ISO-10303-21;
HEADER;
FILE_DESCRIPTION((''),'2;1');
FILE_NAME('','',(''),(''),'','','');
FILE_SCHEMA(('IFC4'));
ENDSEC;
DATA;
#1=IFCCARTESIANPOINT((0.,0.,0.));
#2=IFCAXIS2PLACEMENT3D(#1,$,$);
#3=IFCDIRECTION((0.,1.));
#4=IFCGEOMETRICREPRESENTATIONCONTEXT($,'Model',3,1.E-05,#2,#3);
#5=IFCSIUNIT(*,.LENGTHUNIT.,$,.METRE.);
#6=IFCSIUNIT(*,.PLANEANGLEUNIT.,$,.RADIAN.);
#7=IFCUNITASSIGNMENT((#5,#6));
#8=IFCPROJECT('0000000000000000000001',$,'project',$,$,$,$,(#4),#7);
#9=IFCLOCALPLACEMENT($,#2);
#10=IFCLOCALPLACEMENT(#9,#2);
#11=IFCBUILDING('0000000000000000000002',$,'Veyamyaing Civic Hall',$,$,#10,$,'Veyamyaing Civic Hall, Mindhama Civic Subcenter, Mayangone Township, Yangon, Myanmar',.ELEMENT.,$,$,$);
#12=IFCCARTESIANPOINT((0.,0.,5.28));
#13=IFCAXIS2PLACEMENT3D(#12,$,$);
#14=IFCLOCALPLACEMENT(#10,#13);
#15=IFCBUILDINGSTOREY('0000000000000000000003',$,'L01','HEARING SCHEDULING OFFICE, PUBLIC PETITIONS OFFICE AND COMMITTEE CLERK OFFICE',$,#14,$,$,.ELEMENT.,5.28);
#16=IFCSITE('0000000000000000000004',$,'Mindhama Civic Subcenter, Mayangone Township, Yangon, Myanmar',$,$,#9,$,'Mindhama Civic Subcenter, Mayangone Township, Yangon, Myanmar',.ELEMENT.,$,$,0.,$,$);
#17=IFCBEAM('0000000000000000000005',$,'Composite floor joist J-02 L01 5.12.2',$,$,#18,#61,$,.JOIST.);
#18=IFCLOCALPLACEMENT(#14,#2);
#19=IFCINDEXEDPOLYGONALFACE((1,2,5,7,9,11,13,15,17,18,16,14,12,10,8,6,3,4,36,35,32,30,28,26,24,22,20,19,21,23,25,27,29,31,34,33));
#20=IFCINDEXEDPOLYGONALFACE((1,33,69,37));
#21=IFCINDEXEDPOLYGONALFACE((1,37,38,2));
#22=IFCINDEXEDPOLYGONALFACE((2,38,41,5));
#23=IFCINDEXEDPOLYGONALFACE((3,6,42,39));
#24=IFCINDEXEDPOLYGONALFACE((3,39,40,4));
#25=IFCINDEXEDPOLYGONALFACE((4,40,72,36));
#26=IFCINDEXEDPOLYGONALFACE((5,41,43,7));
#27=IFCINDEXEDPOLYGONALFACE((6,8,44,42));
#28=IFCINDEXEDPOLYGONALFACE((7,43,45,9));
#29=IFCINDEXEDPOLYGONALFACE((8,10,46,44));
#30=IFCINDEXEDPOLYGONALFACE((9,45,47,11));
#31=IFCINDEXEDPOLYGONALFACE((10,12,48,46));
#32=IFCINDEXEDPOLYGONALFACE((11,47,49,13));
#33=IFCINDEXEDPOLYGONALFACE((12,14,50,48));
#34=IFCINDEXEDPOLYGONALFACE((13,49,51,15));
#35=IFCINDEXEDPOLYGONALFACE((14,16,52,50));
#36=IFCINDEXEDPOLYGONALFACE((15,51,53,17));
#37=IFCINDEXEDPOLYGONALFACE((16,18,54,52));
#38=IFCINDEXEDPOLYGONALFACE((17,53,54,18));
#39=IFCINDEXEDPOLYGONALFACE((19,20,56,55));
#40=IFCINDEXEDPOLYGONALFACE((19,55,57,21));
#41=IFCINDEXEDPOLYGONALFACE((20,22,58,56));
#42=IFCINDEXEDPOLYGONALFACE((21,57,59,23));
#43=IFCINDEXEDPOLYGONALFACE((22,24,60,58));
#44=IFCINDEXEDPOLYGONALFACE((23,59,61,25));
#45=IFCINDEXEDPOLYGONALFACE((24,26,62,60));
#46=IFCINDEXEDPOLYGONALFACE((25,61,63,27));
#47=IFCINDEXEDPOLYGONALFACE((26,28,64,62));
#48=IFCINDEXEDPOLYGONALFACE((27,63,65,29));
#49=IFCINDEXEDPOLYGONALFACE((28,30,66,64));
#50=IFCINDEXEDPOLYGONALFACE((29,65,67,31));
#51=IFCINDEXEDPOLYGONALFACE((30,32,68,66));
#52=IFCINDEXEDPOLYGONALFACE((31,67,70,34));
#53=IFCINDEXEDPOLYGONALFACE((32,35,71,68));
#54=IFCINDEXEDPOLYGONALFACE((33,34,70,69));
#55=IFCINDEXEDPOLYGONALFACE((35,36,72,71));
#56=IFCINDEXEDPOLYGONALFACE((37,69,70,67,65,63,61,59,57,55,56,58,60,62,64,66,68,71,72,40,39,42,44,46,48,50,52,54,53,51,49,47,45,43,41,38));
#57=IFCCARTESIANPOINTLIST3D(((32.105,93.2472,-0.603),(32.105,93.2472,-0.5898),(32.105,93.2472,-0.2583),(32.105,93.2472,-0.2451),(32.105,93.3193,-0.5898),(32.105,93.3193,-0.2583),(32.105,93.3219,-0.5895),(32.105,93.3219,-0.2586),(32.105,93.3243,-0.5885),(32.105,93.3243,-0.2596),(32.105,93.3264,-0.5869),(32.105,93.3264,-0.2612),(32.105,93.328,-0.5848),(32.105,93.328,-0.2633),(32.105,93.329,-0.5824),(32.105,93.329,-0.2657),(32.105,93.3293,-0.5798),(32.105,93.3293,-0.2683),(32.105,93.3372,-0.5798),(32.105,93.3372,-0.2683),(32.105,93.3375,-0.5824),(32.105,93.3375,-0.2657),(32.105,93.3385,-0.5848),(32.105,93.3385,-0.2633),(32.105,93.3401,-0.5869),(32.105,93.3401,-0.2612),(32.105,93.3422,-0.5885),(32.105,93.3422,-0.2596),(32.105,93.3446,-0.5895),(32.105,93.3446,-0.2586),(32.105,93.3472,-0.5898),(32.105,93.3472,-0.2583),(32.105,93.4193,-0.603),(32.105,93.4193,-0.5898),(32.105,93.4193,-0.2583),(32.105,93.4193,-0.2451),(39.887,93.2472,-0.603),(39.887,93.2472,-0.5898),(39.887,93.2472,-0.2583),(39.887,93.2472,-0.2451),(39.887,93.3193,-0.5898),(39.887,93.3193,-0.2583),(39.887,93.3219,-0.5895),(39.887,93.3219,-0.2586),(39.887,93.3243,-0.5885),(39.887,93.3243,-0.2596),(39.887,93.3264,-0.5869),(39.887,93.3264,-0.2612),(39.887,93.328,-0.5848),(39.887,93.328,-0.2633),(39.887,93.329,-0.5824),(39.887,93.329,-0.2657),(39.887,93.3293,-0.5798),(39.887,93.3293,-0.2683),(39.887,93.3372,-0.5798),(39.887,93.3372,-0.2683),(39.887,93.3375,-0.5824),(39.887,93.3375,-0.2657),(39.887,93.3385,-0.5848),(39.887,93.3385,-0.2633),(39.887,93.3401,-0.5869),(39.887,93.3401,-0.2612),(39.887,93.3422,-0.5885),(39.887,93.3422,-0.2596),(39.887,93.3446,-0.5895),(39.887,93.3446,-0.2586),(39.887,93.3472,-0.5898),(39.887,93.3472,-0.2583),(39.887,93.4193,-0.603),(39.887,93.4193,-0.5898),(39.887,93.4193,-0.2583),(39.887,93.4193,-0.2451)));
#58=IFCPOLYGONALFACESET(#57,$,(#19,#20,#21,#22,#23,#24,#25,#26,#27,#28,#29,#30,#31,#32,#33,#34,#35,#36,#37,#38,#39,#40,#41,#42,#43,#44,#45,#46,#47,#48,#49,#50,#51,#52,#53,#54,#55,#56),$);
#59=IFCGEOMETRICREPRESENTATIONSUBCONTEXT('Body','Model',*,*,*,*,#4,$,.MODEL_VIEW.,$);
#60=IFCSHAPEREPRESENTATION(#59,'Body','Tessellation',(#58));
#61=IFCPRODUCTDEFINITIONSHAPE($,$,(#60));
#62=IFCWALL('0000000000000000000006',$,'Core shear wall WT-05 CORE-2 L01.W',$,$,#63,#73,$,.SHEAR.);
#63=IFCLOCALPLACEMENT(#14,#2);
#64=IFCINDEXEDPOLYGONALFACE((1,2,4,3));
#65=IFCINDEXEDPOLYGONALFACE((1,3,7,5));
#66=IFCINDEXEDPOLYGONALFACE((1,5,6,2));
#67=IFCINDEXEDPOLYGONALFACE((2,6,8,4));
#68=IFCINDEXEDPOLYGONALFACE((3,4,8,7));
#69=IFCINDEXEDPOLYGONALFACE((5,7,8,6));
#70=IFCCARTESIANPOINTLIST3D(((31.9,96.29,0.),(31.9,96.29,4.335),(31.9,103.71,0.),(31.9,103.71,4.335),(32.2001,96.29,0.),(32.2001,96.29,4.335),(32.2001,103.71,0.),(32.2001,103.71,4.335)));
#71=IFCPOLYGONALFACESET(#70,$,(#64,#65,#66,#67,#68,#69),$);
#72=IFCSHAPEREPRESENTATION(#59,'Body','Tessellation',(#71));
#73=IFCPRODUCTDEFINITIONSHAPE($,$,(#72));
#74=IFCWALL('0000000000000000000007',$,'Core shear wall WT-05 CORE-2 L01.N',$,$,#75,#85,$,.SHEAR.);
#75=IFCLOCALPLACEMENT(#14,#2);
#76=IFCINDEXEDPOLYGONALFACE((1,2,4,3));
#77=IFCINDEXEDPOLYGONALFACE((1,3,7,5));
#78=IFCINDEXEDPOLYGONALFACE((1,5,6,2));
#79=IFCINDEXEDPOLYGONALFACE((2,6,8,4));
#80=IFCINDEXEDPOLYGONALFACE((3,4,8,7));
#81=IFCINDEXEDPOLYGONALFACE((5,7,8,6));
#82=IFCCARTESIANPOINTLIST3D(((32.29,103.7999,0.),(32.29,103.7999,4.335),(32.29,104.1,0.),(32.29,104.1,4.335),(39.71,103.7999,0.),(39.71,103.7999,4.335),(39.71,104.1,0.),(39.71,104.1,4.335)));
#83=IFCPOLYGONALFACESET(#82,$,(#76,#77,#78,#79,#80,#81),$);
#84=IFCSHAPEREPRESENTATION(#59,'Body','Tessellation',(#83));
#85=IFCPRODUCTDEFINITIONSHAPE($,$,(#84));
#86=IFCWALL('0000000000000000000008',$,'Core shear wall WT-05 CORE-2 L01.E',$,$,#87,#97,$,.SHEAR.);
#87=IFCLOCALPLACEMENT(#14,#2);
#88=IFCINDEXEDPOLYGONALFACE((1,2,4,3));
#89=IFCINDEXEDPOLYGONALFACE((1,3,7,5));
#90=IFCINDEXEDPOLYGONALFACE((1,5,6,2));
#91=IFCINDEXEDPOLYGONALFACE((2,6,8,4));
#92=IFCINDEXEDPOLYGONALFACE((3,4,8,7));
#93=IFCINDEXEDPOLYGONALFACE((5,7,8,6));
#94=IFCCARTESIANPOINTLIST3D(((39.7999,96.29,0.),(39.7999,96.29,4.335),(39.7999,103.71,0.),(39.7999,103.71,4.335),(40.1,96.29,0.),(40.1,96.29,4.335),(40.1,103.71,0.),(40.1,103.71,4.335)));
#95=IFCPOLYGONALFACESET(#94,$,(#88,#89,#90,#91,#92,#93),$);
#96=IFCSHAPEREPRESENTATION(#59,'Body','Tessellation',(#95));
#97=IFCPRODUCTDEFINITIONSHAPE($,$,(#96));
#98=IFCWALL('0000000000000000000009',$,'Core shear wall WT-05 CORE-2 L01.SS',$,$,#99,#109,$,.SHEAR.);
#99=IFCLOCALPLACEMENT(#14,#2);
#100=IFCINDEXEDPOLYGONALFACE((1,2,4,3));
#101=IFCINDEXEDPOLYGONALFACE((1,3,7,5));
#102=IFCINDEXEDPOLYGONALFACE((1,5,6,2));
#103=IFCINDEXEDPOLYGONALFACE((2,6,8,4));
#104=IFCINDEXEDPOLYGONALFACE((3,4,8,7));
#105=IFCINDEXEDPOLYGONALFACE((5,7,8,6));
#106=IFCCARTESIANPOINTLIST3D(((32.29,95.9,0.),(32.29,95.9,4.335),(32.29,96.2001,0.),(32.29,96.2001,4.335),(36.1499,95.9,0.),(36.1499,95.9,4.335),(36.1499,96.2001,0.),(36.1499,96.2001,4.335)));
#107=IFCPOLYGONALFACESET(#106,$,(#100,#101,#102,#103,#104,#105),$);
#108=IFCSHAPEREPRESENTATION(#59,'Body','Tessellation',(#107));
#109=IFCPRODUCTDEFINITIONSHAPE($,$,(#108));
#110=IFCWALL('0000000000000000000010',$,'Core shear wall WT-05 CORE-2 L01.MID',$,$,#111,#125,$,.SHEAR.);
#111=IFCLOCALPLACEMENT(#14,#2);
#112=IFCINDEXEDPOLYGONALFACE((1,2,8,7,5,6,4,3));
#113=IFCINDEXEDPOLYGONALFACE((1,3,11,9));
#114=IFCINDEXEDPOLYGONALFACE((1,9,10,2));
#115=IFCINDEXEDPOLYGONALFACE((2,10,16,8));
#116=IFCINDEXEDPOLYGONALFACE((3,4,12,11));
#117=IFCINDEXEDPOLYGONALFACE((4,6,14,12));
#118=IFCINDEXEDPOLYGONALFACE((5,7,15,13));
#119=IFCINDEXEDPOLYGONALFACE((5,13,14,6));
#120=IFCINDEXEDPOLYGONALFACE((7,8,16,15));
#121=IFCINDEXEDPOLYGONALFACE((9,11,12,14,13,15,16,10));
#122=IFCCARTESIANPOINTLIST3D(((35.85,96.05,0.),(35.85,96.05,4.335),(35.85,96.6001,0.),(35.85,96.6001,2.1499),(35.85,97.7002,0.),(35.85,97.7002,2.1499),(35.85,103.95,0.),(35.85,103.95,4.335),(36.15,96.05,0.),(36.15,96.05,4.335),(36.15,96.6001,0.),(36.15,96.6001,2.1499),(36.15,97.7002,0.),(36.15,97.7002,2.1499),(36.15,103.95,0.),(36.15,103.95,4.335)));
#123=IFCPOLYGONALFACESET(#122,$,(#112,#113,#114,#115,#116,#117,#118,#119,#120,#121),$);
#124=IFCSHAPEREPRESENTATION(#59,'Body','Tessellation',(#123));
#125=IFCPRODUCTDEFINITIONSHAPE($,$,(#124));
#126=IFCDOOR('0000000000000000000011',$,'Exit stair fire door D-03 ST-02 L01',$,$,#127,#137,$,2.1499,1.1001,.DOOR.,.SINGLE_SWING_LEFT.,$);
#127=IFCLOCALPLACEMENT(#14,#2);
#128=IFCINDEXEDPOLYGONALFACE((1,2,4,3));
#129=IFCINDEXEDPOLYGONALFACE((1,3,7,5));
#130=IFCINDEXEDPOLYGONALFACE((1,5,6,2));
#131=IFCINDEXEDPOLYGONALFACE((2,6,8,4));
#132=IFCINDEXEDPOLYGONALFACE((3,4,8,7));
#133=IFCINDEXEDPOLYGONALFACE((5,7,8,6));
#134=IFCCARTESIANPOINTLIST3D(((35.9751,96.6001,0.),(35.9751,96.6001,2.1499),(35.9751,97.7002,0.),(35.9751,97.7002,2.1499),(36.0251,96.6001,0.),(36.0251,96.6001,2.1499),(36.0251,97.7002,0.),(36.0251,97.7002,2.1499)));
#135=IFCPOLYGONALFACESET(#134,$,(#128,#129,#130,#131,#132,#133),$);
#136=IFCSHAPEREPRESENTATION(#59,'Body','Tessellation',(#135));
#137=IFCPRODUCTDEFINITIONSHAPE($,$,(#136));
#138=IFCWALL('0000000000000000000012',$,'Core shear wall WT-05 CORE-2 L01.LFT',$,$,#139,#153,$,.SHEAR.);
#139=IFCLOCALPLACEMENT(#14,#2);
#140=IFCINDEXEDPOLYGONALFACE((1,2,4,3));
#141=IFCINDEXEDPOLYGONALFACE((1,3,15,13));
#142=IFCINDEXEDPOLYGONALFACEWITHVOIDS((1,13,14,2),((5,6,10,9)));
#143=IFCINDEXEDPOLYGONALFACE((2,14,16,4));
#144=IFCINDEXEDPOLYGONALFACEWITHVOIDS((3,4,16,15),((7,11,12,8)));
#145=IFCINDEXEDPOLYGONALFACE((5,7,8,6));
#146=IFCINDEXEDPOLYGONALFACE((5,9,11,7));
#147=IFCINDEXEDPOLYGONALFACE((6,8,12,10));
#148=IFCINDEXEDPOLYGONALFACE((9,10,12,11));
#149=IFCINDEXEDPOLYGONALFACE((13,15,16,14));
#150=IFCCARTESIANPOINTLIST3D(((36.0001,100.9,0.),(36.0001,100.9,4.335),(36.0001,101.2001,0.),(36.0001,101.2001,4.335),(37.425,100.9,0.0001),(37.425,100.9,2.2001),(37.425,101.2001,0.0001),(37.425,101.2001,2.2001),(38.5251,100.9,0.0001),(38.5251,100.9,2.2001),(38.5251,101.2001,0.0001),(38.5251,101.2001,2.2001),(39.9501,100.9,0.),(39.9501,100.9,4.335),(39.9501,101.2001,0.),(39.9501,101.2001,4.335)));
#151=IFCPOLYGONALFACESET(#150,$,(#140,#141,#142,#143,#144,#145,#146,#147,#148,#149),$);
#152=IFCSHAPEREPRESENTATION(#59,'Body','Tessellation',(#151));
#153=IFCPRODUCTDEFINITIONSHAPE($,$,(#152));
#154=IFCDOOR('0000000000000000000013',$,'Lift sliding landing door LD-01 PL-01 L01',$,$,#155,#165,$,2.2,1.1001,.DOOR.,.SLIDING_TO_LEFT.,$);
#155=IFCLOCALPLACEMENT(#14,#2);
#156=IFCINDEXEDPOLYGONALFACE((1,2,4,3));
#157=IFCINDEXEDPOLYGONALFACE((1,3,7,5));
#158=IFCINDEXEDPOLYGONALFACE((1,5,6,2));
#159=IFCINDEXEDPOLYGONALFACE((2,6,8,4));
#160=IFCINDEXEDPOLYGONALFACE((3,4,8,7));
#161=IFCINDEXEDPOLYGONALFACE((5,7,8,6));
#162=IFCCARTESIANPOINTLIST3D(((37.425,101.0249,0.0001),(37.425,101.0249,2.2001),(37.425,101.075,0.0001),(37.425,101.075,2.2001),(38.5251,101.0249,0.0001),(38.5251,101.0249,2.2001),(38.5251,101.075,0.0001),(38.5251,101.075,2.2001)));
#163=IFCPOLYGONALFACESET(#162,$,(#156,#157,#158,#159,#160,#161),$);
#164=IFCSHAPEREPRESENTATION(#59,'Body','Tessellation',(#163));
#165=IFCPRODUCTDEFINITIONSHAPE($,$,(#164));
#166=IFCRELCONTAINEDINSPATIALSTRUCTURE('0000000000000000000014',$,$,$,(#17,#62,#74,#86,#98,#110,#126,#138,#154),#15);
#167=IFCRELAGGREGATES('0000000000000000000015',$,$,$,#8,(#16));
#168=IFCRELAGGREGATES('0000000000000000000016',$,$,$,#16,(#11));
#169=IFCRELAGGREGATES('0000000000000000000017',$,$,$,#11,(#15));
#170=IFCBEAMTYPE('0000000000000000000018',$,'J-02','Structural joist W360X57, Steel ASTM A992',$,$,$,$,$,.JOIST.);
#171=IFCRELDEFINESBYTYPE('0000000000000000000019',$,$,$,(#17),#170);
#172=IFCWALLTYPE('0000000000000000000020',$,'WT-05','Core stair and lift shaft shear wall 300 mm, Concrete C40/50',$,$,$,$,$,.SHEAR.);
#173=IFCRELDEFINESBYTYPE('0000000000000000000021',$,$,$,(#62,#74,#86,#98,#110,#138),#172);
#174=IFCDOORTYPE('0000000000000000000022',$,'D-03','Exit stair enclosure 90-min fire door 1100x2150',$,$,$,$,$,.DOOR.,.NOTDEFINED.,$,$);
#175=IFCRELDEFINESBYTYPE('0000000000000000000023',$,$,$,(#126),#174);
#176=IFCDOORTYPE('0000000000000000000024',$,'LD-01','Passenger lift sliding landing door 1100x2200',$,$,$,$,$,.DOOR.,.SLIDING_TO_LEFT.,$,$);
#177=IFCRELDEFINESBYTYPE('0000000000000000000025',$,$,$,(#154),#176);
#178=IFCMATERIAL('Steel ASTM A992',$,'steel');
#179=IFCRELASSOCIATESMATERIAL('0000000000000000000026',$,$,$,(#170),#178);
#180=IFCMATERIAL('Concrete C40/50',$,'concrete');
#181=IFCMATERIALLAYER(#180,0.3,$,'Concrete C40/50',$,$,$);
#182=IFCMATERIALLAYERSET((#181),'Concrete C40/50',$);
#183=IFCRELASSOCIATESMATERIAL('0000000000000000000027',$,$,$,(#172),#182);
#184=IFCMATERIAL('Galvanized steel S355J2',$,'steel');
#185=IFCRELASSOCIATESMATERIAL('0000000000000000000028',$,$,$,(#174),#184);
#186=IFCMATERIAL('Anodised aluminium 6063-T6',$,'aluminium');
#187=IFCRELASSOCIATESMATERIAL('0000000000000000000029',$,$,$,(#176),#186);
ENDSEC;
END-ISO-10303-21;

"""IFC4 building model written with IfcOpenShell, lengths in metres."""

from ifc_helpers import new_model, si_unit, direction, frame, frame_2d, origin, origin_2d, place, context, subcontext, project, spatial, rectangle, i_section, extrude, material, layer, layer_set, material_profile, profile_set, type_object, element, fill, save


model = new_model("IFC4")

# Units and contexts
model_context = context("Model", 3, precision=1e-05, world=origin(), true_north=direction((0.0, 1.0)))
body_context = subcontext(model_context, "Body", "Model", "MODEL_VIEW")
ifc_project = project(units=[si_unit("LENGTHUNIT", "METRE"), si_unit("PLANEANGLEUNIT", "RADIAN")], contexts=[model_context])

# Site, building, storey
site_placement = place(None, origin())
site = spatial("IfcSite", under=ifc_project, at=site_placement, Name="Mindhama Civic Subcenter, Mayangone Township, Yangon, Myanmar", LongName="Mindhama Civic Subcenter, Mayangone Township, Yangon, Myanmar", CompositionType="ELEMENT", RefElevation=0.0)
building_placement = place(site_placement, origin())
building = spatial("IfcBuilding", under=site, at=building_placement, Name="Veyamyaing Civic Hall", LongName="Veyamyaing Civic Hall, Mindhama Civic Subcenter, Mayangone Township, Yangon, Myanmar", CompositionType="ELEMENT")
storey_placement = place(building_placement, frame((0.0, 0.0, 5.28)))
storey = spatial("IfcBuildingStorey", under=building, at=storey_placement, Name="L01", Description="HEARING SCHEDULING OFFICE, PUBLIC PETITIONS OFFICE AND COMMITTEE CLERK OFFICE", CompositionType="ELEMENT", Elevation=5.28)

# Beam
ifc_material_1 = material(Name="Steel ASTM A992", Category="steel")
ifc_material_profile_1 = material_profile(ifc_material_1, i_section(OverallWidth=0.1721, OverallDepth=0.3579, WebThickness=0.0078, FlangeThickness=0.0132, FilletRadius=0.01, at=origin_2d()), Name="W360X57")
ifc_profile_set_1 = profile_set([ifc_material_profile_1], Name="Steel ASTM A992")
beam_type_1 = type_object("IfcBeamType", Name="J-02", Description="Structural joist W360X57, Steel ASTM A992", PredefinedType="JOIST", material=ifc_profile_set_1)
beam_1_placement = place(storey_placement, frame((32.105, 93.3333, -0.4241), z_axis=(1.0, 0.0, 0.0), x_axis=(0.0, 1.0, 0.0)))
element("IfcBeam", 1, at=beam_1_placement, inside=storey, type_object=beam_type_1, Name="Composite floor joist J-02 L01 5.12.2", PredefinedType="JOIST", context=body_context, shape_type="SweptSolid", body=[
    extrude(i_section(OverallWidth=0.1721, OverallDepth=0.3579, WebThickness=0.0078, FlangeThickness=0.0132, FilletRadius=0.01, at=origin_2d()), origin(), (0.0, 0.0, 1.0), 7.782),
])

# Walls
ifc_material_2 = material(Name="Concrete C40/50", Category="concrete")
ifc_layer_1 = layer(ifc_material_2, 0.3, Name="Concrete C40/50")
ifc_layer_set_1 = layer_set([ifc_layer_1], Name="Concrete C40/50")
wall_type_1 = type_object("IfcWallType", Name="WT-05", Description="Core stair and lift shaft shear wall 300 mm, Concrete C40/50", PredefinedType="SHEAR", material=ifc_layer_set_1)
for number, where, z_axis, x_axis, name in (
    (2, (32.05, 96.29, 0.0), (0.0, 0.0, 1.0), (0.0, 1.0, 0.0), "Core shear wall WT-05 CORE-2 L01.W"),
    (3, (32.29, 103.95, 0.0), (0.0, 0.0, 1.0), (1.0, 0.0, 0.0), "Core shear wall WT-05 CORE-2 L01.N"),
    (4, (39.95, 96.29, 0.0), (0.0, 0.0, 1.0), (0.0, 1.0, 0.0), "Core shear wall WT-05 CORE-2 L01.E"),
):
    element("IfcWall", number, at=place(storey_placement, frame(where, z_axis=z_axis, x_axis=x_axis)), inside=storey, type_object=wall_type_1, Name=name, PredefinedType="SHEAR", context=body_context, shape_type="SweptSolid", body=[
        extrude(rectangle(XDim=7.4199, YDim=0.3, at=frame_2d((3.71, 0.0))), origin(), (0.0, 0.0, 1.0), 4.335),
    ])
wall_1_placement = place(storey_placement, frame((32.29, 96.05, 0.0), z_axis=(0.0, 0.0, 1.0), x_axis=(1.0, 0.0, 0.0)))
element("IfcWall", 5, at=wall_1_placement, inside=storey, type_object=wall_type_1, Name="Core shear wall WT-05 CORE-2 L01.SS", PredefinedType="SHEAR", context=body_context, shape_type="SweptSolid", body=[
    extrude(rectangle(XDim=3.8599, YDim=0.3, at=frame_2d((1.9299, 0.0))), origin(), (0.0, 0.0, 1.0), 4.335),
])

# Walls, openings, doors
wall_2_placement = place(storey_placement, frame((36.0, 96.05, 0.0), z_axis=(0.0, 0.0, 1.0), x_axis=(0.0, 1.0, 0.0)))
wall_2 = element("IfcWall", 6, at=wall_2_placement, inside=storey, type_object=wall_type_1, Name="Core shear wall WT-05 CORE-2 L01.MID", PredefinedType="SHEAR", context=body_context, shape_type="SweptSolid", body=[
    extrude(rectangle(XDim=7.8999, YDim=0.3, at=frame_2d((3.95, 0.0))), origin(), (0.0, 0.0, 1.0), 4.335),
])
opening_1_placement = place(wall_2_placement, frame((0.55, 0.0, 0.0)))
opening_1 = element("IfcOpeningElement", 7, at=opening_1_placement, cuts=wall_2, PredefinedType="OPENING", context=body_context, shape_type="SweptSolid", body=[
    extrude(rectangle(XDim=1.1001, YDim=2.1499, at=frame_2d((0.55, 1.075))), frame((0.0, 0.1599, 0.0), z_axis=(0.0, -1.0, 0.0), x_axis=(1.0, 0.0, 0.0)), (0.0, 0.0, 1.0), 0.3201),
])
ifc_material_3 = material(Name="Galvanized steel S355J2", Category="steel")
door_type_1 = type_object("IfcDoorType", Name="D-03", Description="Exit stair enclosure 90-min fire door 1100x2150", OperationType="NOTDEFINED", PredefinedType="DOOR", material=ifc_material_3)
door_1_placement = place(opening_1_placement, origin())
door_1 = element("IfcDoor", 8, at=door_1_placement, inside=storey, type_object=door_type_1, Name="Exit stair fire door D-03 ST-02 L01", OperationType="SINGLE_SWING_LEFT", OverallHeight=2.1499, OverallWidth=1.1001, PredefinedType="DOOR", context=body_context, shape_type="SweptSolid", body=[
    extrude(rectangle(XDim=1.1001, YDim=2.1499, at=frame_2d((0.55, 1.075))), frame((0.0, 0.0249, 0.0), z_axis=(0.0, -1.0, 0.0), x_axis=(1.0, 0.0, 0.0)), (0.0, 0.0, 1.0), 0.05),
])
fill(opening_1, door_1)
wall_3_placement = place(storey_placement, frame((36.0, 101.05, 0.0), z_axis=(0.0, 0.0, 1.0), x_axis=(1.0, 0.0, 0.0)))
wall_3 = element("IfcWall", 9, at=wall_3_placement, inside=storey, type_object=wall_type_1, Name="Core shear wall WT-05 CORE-2 L01.LFT", PredefinedType="SHEAR", context=body_context, shape_type="SweptSolid", body=[
    extrude(rectangle(XDim=3.95, YDim=0.3, at=frame_2d((1.9751, 0.0))), origin(), (0.0, 0.0, 1.0), 4.335),
])
opening_2_placement = place(wall_3_placement, frame((1.425, 0.0, 0.0)))
opening_2 = element("IfcOpeningElement", 10, at=opening_2_placement, cuts=wall_3, PredefinedType="OPENING", context=body_context, shape_type="SweptSolid", body=[
    extrude(rectangle(XDim=1.1001, YDim=2.2, at=frame_2d((0.55, 1.1001))), frame((0.0, 0.1599, 0.0), z_axis=(0.0, -1.0, 0.0), x_axis=(1.0, 0.0, 0.0)), (0.0, 0.0, 1.0), 0.3201),
])
ifc_material_4 = material(Name="Anodised aluminium 6063-T6", Category="aluminium")
door_type_2 = type_object("IfcDoorType", Name="LD-01", Description="Passenger lift sliding landing door 1100x2200", OperationType="SLIDING_TO_LEFT", PredefinedType="DOOR", material=ifc_material_4)
door_2_placement = place(opening_2_placement, origin())
door_2 = element("IfcDoor", 11, at=door_2_placement, inside=storey, type_object=door_type_2, Name="Lift sliding landing door LD-01 PL-01 L01", OperationType="SLIDING_TO_LEFT", OverallHeight=2.2, OverallWidth=1.1001, PredefinedType="DOOR", context=body_context, shape_type="SweptSolid", body=[
    extrude(rectangle(XDim=1.1001, YDim=2.2, at=frame_2d((0.55, 1.1001))), frame((0.0, 0.0249, 0.0), z_axis=(0.0, -1.0, 0.0), x_axis=(1.0, 0.0, 0.0)), (0.0, 0.0, 1.0), 0.05),
])
fill(opening_2, door_2)

save(model, "model.ifc")
